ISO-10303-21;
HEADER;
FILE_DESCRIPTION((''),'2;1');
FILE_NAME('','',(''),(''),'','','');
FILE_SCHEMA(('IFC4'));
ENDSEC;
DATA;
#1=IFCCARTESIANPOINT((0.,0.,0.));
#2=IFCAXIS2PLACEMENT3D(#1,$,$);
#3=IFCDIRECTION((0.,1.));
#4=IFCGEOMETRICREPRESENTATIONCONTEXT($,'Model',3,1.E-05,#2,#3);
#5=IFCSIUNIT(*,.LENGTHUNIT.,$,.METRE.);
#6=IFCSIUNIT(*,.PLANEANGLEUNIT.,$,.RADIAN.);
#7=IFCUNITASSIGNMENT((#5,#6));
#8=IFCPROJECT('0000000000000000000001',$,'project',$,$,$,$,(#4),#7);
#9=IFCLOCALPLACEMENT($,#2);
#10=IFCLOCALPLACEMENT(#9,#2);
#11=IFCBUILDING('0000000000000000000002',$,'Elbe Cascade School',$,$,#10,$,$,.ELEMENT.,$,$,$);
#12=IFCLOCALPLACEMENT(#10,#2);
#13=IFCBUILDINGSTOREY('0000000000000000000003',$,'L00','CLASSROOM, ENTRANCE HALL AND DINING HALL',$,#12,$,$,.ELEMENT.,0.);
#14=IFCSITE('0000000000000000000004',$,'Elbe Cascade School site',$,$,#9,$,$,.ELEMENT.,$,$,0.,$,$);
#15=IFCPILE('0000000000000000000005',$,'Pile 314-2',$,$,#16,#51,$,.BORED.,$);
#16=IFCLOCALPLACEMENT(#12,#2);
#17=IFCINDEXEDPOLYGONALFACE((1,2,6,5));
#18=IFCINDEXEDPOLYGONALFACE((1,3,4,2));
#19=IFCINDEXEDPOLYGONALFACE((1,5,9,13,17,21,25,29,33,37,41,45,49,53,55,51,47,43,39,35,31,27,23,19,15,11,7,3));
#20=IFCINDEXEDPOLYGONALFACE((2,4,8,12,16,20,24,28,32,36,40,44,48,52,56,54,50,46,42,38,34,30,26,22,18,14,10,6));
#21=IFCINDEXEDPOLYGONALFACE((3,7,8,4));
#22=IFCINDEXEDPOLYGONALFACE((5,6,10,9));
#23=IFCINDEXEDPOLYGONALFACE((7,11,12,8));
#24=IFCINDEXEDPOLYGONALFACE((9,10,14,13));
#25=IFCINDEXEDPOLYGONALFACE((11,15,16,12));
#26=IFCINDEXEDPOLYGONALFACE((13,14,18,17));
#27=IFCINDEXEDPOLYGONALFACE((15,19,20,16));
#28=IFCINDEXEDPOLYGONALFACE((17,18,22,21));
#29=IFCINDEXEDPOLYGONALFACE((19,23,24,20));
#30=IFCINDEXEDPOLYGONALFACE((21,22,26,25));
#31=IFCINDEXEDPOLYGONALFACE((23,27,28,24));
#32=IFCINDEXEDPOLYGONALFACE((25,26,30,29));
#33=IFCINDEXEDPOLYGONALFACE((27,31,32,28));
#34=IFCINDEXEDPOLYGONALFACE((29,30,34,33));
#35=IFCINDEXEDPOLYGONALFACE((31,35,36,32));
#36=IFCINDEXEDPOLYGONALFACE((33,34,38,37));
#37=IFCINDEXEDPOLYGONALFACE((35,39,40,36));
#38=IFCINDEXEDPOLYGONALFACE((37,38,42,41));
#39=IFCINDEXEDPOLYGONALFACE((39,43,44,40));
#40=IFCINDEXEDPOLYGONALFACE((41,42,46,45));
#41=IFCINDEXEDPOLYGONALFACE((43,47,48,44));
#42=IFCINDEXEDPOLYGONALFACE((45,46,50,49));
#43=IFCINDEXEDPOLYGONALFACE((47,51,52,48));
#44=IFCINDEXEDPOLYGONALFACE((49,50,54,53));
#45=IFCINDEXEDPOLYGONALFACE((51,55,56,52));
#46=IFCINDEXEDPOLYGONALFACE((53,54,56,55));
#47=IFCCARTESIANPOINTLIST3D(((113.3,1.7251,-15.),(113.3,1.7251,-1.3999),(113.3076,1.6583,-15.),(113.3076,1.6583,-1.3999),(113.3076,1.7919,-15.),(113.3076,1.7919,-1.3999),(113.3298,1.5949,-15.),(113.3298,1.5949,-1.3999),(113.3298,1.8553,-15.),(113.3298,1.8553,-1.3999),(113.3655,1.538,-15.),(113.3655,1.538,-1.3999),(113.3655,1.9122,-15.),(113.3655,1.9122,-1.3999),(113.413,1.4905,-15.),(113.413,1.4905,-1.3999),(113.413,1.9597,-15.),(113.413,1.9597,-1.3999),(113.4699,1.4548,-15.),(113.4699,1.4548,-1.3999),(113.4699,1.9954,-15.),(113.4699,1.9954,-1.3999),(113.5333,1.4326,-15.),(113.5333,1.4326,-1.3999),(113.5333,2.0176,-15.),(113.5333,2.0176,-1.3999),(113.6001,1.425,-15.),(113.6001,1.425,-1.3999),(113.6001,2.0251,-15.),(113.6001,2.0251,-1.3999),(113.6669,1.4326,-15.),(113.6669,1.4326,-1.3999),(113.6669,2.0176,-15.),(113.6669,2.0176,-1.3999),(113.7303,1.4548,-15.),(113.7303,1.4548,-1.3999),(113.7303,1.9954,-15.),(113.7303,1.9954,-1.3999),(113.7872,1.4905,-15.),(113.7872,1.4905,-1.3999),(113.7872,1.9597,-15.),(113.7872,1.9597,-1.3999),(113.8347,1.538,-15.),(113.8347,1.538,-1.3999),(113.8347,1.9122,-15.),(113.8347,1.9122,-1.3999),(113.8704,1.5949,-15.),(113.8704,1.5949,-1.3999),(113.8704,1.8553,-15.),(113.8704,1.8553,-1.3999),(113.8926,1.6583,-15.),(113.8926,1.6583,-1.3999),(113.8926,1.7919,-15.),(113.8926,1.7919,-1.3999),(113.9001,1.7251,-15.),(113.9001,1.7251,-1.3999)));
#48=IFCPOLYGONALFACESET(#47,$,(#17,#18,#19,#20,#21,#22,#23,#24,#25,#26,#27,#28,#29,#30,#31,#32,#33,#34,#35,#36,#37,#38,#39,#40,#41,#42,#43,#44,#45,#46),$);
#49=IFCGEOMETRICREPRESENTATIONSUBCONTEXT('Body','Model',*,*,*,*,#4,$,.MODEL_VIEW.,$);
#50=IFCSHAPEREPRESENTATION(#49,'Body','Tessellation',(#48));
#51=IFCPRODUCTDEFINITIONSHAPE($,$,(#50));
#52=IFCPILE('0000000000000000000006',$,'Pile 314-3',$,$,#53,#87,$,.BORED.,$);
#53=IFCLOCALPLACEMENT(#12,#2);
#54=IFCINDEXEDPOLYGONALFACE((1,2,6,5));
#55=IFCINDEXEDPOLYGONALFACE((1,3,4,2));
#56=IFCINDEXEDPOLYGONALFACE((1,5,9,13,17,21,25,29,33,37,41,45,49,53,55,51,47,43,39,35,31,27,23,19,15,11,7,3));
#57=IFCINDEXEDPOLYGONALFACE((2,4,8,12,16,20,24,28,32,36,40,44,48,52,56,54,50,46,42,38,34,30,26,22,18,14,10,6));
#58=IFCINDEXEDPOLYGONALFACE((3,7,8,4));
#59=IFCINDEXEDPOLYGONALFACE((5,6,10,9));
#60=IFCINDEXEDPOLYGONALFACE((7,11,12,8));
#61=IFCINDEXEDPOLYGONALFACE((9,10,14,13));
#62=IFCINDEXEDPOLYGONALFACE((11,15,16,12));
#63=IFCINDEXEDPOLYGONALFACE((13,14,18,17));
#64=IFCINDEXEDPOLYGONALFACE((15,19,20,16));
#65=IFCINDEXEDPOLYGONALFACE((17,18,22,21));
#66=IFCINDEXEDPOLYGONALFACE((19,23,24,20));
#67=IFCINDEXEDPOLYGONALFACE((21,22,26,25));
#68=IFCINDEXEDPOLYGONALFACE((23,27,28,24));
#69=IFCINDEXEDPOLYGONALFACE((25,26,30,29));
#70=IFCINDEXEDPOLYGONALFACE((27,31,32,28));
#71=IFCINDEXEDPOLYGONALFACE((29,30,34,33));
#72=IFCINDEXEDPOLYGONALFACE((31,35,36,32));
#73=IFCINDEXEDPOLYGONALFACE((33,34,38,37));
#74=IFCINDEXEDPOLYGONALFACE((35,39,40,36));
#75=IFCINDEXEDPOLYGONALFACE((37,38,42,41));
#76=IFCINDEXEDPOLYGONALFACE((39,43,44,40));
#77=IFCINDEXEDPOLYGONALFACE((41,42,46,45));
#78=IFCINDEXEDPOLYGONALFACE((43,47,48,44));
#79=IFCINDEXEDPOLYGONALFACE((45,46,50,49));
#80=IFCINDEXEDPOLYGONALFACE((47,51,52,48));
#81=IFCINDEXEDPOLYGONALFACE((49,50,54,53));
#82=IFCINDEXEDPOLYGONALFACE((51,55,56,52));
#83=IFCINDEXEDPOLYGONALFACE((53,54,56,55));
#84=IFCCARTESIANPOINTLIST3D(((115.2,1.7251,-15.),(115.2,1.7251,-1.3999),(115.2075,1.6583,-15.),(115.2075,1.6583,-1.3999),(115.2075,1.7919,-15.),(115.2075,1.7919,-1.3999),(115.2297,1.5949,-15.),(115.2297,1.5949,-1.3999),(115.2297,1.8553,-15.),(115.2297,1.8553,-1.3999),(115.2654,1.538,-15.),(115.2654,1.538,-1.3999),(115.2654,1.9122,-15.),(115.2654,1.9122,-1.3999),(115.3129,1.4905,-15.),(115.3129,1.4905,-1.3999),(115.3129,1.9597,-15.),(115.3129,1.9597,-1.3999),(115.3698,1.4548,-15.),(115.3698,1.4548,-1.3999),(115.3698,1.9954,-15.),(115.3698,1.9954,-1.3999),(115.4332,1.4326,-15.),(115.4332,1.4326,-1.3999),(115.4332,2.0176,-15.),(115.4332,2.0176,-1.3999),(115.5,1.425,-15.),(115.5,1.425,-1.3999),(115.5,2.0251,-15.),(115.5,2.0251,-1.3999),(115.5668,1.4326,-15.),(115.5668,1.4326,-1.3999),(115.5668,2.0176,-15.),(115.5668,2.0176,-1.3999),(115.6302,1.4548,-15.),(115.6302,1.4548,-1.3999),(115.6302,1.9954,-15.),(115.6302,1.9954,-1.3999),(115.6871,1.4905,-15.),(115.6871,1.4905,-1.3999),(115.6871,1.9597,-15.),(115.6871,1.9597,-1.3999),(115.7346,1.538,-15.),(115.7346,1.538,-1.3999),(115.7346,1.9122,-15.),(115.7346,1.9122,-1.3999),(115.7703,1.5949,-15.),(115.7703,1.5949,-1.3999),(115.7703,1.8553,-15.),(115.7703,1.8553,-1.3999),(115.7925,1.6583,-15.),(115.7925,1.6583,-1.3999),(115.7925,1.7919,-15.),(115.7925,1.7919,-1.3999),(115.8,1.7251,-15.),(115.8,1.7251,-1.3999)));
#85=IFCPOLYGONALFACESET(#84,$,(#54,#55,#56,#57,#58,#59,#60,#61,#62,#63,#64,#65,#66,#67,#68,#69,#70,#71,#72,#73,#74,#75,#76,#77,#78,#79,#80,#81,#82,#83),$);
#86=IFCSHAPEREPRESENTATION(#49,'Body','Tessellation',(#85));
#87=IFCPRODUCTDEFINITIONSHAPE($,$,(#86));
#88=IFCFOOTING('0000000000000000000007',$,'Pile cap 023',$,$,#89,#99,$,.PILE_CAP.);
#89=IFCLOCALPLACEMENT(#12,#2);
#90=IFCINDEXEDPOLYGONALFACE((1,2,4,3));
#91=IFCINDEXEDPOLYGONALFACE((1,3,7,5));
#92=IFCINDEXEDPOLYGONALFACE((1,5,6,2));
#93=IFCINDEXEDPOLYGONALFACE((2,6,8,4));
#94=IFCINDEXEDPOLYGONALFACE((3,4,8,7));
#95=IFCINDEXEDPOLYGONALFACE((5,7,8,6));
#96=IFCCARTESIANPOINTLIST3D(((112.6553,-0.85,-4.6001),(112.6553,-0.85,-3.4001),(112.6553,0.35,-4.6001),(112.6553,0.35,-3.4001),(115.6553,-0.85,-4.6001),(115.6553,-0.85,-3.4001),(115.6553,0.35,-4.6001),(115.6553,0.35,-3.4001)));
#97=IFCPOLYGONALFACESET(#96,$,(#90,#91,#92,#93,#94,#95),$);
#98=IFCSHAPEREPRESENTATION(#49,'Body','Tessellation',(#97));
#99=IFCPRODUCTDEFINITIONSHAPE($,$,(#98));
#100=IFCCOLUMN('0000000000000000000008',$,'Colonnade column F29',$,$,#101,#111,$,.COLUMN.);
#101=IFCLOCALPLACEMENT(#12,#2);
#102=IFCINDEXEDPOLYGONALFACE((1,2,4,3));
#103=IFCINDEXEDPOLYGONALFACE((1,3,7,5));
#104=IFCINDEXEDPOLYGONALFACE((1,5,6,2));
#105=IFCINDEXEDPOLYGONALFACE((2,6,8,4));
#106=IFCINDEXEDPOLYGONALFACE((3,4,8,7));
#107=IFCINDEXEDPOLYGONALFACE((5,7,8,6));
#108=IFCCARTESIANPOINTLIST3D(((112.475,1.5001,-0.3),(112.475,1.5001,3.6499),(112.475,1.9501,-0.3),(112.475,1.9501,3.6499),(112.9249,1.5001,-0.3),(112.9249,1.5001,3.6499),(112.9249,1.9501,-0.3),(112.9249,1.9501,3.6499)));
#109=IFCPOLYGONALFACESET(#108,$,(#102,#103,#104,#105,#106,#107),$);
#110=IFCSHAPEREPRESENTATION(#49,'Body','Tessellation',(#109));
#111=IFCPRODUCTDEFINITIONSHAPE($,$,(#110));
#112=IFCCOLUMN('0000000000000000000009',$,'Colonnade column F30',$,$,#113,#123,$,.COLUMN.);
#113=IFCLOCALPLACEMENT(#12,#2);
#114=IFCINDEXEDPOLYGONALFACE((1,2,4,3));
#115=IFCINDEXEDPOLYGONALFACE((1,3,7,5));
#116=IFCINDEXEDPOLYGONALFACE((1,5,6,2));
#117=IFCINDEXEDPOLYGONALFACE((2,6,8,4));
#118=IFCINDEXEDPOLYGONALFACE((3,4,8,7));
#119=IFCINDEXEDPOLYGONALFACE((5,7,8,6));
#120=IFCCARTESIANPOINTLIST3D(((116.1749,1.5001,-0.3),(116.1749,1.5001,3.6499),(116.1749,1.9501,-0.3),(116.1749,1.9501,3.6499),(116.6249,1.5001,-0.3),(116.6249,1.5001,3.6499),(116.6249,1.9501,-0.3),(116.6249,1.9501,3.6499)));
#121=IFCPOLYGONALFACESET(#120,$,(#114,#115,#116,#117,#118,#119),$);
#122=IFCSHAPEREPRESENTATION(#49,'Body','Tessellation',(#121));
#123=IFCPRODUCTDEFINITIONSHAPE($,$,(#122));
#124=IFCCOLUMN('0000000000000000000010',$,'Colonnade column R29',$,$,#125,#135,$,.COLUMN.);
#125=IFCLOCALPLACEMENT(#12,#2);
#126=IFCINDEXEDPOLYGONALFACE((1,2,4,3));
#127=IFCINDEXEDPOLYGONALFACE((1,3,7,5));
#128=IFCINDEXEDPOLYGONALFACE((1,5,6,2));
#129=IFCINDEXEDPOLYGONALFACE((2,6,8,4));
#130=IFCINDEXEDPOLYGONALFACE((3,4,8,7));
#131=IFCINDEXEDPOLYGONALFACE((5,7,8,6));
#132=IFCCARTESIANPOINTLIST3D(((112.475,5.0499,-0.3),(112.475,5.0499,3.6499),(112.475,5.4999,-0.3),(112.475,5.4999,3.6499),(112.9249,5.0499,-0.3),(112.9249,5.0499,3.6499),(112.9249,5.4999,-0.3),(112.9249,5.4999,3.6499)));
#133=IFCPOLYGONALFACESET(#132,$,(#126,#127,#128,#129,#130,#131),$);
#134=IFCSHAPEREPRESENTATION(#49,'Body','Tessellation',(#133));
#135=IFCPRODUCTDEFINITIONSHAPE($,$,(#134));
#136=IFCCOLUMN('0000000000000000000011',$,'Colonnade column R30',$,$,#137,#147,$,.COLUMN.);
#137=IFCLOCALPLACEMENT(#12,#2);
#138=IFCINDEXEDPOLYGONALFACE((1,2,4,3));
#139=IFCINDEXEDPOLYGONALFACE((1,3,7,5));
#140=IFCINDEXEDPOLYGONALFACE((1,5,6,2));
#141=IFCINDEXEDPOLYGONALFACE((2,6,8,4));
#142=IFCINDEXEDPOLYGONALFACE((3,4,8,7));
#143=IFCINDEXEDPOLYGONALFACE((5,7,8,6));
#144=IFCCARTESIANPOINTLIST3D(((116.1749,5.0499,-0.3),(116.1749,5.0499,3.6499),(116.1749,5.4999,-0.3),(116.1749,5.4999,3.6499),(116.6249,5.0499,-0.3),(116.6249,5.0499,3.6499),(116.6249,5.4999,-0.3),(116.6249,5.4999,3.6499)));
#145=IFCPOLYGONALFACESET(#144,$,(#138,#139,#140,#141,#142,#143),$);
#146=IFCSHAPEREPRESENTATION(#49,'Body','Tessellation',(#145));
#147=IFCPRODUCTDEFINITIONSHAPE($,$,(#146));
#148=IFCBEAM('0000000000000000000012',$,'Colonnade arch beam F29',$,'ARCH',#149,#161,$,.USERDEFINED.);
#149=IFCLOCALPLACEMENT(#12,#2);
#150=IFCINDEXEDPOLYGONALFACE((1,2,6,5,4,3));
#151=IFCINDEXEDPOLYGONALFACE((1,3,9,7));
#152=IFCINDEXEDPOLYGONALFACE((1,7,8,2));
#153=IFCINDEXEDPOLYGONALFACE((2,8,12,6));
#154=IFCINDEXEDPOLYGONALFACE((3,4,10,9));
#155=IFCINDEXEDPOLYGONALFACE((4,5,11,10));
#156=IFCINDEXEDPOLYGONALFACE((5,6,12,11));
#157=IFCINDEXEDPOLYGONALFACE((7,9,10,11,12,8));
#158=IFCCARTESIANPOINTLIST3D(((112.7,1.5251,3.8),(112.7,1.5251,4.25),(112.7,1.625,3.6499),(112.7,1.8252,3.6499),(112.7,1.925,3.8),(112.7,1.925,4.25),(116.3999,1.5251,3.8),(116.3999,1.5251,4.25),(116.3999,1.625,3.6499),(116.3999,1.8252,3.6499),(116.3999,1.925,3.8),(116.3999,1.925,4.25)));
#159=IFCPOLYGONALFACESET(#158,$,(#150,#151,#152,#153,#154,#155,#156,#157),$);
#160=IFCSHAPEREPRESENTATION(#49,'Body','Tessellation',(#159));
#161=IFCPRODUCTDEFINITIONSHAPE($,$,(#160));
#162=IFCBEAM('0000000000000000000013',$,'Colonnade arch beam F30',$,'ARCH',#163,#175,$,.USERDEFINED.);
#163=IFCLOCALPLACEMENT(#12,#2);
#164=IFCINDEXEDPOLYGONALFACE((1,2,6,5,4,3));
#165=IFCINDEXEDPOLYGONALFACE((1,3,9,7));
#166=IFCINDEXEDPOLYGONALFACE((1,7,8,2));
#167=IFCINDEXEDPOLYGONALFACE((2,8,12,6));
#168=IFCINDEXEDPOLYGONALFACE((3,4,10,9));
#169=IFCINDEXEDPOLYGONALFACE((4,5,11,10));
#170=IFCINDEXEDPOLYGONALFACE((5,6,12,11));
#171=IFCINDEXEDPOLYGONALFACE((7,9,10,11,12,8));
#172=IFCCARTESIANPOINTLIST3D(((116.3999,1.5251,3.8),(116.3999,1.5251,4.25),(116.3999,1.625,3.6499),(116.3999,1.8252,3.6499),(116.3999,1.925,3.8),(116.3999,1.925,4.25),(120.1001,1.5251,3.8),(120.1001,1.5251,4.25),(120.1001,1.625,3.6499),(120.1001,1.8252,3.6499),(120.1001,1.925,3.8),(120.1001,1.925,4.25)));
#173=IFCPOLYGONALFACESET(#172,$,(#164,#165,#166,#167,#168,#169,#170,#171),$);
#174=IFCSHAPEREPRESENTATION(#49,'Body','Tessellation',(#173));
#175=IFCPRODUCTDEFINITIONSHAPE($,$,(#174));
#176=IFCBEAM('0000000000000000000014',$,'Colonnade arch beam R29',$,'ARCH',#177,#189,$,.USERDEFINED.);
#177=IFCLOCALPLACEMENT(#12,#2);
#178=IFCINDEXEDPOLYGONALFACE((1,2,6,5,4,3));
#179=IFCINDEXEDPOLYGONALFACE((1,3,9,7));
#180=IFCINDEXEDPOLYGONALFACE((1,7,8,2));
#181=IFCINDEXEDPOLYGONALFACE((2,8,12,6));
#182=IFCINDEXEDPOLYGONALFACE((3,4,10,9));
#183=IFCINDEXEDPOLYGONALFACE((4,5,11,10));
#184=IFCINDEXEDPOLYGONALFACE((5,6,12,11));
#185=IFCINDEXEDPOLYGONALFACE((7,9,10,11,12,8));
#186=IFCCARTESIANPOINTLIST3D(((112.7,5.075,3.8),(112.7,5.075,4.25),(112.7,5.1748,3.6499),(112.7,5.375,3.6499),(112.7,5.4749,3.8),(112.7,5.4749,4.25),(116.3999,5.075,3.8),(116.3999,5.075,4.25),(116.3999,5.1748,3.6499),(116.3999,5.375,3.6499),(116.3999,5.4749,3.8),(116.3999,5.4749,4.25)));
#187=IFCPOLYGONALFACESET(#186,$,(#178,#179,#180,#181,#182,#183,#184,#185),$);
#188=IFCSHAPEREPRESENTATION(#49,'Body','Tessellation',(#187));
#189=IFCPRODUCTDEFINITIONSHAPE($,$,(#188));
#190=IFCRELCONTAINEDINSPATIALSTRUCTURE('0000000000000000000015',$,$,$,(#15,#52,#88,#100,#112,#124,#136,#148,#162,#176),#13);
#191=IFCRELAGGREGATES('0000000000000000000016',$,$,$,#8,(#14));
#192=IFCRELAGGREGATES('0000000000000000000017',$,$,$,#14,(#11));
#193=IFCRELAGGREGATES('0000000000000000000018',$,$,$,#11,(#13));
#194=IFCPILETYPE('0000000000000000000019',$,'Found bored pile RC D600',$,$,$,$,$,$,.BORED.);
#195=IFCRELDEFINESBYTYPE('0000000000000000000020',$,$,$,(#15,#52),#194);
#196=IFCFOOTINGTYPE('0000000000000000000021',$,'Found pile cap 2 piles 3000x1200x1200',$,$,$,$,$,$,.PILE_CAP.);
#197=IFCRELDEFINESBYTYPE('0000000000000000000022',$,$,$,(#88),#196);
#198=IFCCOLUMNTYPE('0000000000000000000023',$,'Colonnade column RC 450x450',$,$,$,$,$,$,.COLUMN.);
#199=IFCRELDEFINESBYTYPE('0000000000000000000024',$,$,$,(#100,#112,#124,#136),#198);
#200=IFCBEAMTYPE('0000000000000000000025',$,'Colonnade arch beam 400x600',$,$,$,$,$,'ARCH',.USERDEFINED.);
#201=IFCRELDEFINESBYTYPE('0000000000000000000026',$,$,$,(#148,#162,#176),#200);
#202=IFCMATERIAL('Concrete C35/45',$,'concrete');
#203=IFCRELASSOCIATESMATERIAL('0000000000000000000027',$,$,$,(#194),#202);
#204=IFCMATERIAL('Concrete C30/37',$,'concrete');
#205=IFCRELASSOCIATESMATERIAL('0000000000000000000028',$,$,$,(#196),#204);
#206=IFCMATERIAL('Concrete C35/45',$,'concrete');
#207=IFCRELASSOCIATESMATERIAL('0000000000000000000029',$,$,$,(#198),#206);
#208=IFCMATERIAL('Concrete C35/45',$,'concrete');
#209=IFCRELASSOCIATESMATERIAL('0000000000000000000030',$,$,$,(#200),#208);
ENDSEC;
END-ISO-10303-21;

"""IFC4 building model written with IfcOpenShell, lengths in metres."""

from ifc_helpers import new_model, si_unit, direction, frame, origin, origin_2d, place, context, subcontext, project, spatial, polyline, rectangle, circle, outline, extrude, material, material_profile, profile_set, type_object, element, save


model = new_model("IFC4")

# Units and contexts
model_context = context("Model", 3, precision=1e-05, world=origin(), true_north=direction((0.0, 1.0)))
body_context = subcontext(model_context, "Body", "Model", "MODEL_VIEW")
ifc_project = project(units=[si_unit("LENGTHUNIT", "METRE"), si_unit("PLANEANGLEUNIT", "RADIAN")], contexts=[model_context])

# Site, building, storey
site_placement = place(None, origin())
site = spatial("IfcSite", under=ifc_project, at=site_placement, Name="Elbe Cascade School site", CompositionType="ELEMENT", RefElevation=0.0)
building_placement = place(site_placement, origin())
building = spatial("IfcBuilding", under=site, at=building_placement, Name="Elbe Cascade School", CompositionType="ELEMENT")
storey_placement = place(building_placement, origin())
storey = spatial("IfcBuildingStorey", under=building, at=storey_placement, Name="L00", Description="CLASSROOM, ENTRANCE HALL AND DINING HALL", CompositionType="ELEMENT", Elevation=0.0)

# Piles
ifc_material_1 = material(Name="Concrete C35/45", Category="concrete")
ifc_material_profile_1 = material_profile(ifc_material_1, circle(Radius=0.3, at=origin_2d()), Name="RC D600")
ifc_profile_set_1 = profile_set([ifc_material_profile_1], Name="Concrete C35/45")
pile_type = type_object("IfcPileType", Name="Found bored pile RC D600", PredefinedType="BORED", material=ifc_profile_set_1)
for number, where, z_axis, x_axis, name in (
    (1, (113.6001, 1.7251, -1.3999), (0.0, 0.0, -1.0), (1.0, 0.0, 0.0), "Pile 314-2"),
    (2, (115.5, 1.7251, -1.3999), (0.0, 0.0, -1.0), (1.0, 0.0, 0.0), "Pile 314-3"),
):
    element("IfcPile", number, at=place(storey_placement, frame(where, z_axis=z_axis, x_axis=x_axis)), inside=storey, type_object=pile_type, Name=name, PredefinedType="BORED", context=body_context, shape_type="SweptSolid", body=[
        extrude(circle(Radius=0.3, at=origin_2d()), origin(), (0.0, 0.0, 1.0), 13.6001),
    ])

# Footing
ifc_material_2 = material(Name="Concrete C30/37", Category="concrete")
footing_type = type_object("IfcFootingType", Name="Found pile cap 2 piles 3000x1200x1200", PredefinedType="PILE_CAP", material=ifc_material_2)
footing_placement = place(storey_placement, frame((114.1553, -0.25, -4.6001), z_axis=(0.0, 0.0, 1.0), x_axis=(1.0, 0.0, 0.0)))
element("IfcFooting", 3, at=footing_placement, inside=storey, type_object=footing_type, Name="Pile cap 023", PredefinedType="PILE_CAP", context=body_context, shape_type="SweptSolid", body=[
    extrude(rectangle(XDim=3.0, YDim=1.2, at=origin_2d()), origin(), (0.0, 0.0, 1.0), 1.2),
])

# Columns
ifc_material_3 = material(Name="Concrete C35/45", Category="concrete")
ifc_material_profile_2 = material_profile(ifc_material_3, rectangle(XDim=0.45, YDim=0.45, at=origin_2d()), Name="RC 450x450")
ifc_profile_set_2 = profile_set([ifc_material_profile_2], Name="Concrete C35/45")
column_type = type_object("IfcColumnType", Name="Colonnade column RC 450x450", PredefinedType="COLUMN", material=ifc_profile_set_2)
for number, where, z_axis, x_axis, name in (
    (4, (112.7, 1.7251, -0.3), (0.0, 0.0, 1.0), (1.0, 0.0, 0.0), "Colonnade column F29"),
    (5, (116.3999, 1.7251, -0.3), (0.0, 0.0, 1.0), (1.0, 0.0, 0.0), "Colonnade column F30"),
    (6, (112.7, 5.2749, -0.3), (0.0, 0.0, 1.0), (1.0, 0.0, 0.0), "Colonnade column R29"),
    (7, (116.3999, 5.2749, -0.3), (0.0, 0.0, 1.0), (1.0, 0.0, 0.0), "Colonnade column R30"),
):
    element("IfcColumn", number, at=place(storey_placement, frame(where, z_axis=z_axis, x_axis=x_axis)), inside=storey, type_object=column_type, Name=name, PredefinedType="COLUMN", context=body_context, shape_type="SweptSolid", body=[
        extrude(rectangle(XDim=0.45, YDim=0.45, at=origin_2d()), origin(), (0.0, 0.0, 1.0), 3.95),
    ])

# Beams
ifc_material_4 = material(Name="Concrete C35/45", Category="concrete")
ifc_material_profile_3 = material_profile(ifc_material_4, outline(polyline([(-0.2, 0.3), (0.2, 0.3), (0.2, -0.1499), (0.1001, -0.3), (-0.1001, -0.3), (-0.2, -0.1499), (-0.2, 0.3)])), Name="RC arch 400x600")
ifc_profile_set_3 = profile_set([ifc_material_profile_3], Name="Concrete C35/45")
beam_type_1 = type_object("IfcBeamType", Name="Colonnade arch beam 400x600", ElementType="ARCH", PredefinedType="USERDEFINED", material=ifc_profile_set_3)
beam_1_placement = place(storey_placement, frame((112.7, 1.7251, 3.95), z_axis=(1.0, 0.0, 0.0), x_axis=(0.0, 1.0, 0.0)))
element("IfcBeam", 8, at=beam_1_placement, inside=storey, type_object=beam_type_1, Name="Colonnade arch beam F29", ObjectType="ARCH", PredefinedType="USERDEFINED", context=body_context, shape_type="SweptSolid", body=[
    extrude(outline(polyline([(-0.2, 0.3), (0.2, 0.3), (0.2, -0.1499), (0.1001, -0.3), (-0.1001, -0.3), (-0.2, -0.1499), (-0.2, 0.3)])), origin(), (0.0, 0.0, 1.0), 3.7),
])
beam_2_placement = place(storey_placement, frame((116.3999, 1.7251, 3.95), z_axis=(1.0, 0.0, 0.0), x_axis=(0.0, 1.0, 0.0)))
element("IfcBeam", 9, at=beam_2_placement, inside=storey, type_object=beam_type_1, Name="Colonnade arch beam F30", ObjectType="ARCH", PredefinedType="USERDEFINED", context=body_context, shape_type="SweptSolid", body=[
    extrude(outline(polyline([(-0.2, 0.3), (0.2, 0.3), (0.2, -0.1499), (0.1001, -0.3), (-0.1001, -0.3), (-0.2, -0.1499), (-0.2, 0.3)])), origin(), (0.0, 0.0, 1.0), 3.7002),
])
beam_3_placement = place(storey_placement, frame((112.7, 5.2749, 3.95), z_axis=(1.0, 0.0, 0.0), x_axis=(0.0, 1.0, 0.0)))
element("IfcBeam", 10, at=beam_3_placement, inside=storey, type_object=beam_type_1, Name="Colonnade arch beam R29", ObjectType="ARCH", PredefinedType="USERDEFINED", context=body_context, shape_type="SweptSolid", body=[
    extrude(outline(polyline([(-0.2, 0.3), (0.2, 0.3), (0.2, -0.1499), (0.1001, -0.3), (-0.1001, -0.3), (-0.2, -0.1499), (-0.2, 0.3)])), origin(), (0.0, 0.0, 1.0), 3.7),
])

save(model, "model.ifc")
